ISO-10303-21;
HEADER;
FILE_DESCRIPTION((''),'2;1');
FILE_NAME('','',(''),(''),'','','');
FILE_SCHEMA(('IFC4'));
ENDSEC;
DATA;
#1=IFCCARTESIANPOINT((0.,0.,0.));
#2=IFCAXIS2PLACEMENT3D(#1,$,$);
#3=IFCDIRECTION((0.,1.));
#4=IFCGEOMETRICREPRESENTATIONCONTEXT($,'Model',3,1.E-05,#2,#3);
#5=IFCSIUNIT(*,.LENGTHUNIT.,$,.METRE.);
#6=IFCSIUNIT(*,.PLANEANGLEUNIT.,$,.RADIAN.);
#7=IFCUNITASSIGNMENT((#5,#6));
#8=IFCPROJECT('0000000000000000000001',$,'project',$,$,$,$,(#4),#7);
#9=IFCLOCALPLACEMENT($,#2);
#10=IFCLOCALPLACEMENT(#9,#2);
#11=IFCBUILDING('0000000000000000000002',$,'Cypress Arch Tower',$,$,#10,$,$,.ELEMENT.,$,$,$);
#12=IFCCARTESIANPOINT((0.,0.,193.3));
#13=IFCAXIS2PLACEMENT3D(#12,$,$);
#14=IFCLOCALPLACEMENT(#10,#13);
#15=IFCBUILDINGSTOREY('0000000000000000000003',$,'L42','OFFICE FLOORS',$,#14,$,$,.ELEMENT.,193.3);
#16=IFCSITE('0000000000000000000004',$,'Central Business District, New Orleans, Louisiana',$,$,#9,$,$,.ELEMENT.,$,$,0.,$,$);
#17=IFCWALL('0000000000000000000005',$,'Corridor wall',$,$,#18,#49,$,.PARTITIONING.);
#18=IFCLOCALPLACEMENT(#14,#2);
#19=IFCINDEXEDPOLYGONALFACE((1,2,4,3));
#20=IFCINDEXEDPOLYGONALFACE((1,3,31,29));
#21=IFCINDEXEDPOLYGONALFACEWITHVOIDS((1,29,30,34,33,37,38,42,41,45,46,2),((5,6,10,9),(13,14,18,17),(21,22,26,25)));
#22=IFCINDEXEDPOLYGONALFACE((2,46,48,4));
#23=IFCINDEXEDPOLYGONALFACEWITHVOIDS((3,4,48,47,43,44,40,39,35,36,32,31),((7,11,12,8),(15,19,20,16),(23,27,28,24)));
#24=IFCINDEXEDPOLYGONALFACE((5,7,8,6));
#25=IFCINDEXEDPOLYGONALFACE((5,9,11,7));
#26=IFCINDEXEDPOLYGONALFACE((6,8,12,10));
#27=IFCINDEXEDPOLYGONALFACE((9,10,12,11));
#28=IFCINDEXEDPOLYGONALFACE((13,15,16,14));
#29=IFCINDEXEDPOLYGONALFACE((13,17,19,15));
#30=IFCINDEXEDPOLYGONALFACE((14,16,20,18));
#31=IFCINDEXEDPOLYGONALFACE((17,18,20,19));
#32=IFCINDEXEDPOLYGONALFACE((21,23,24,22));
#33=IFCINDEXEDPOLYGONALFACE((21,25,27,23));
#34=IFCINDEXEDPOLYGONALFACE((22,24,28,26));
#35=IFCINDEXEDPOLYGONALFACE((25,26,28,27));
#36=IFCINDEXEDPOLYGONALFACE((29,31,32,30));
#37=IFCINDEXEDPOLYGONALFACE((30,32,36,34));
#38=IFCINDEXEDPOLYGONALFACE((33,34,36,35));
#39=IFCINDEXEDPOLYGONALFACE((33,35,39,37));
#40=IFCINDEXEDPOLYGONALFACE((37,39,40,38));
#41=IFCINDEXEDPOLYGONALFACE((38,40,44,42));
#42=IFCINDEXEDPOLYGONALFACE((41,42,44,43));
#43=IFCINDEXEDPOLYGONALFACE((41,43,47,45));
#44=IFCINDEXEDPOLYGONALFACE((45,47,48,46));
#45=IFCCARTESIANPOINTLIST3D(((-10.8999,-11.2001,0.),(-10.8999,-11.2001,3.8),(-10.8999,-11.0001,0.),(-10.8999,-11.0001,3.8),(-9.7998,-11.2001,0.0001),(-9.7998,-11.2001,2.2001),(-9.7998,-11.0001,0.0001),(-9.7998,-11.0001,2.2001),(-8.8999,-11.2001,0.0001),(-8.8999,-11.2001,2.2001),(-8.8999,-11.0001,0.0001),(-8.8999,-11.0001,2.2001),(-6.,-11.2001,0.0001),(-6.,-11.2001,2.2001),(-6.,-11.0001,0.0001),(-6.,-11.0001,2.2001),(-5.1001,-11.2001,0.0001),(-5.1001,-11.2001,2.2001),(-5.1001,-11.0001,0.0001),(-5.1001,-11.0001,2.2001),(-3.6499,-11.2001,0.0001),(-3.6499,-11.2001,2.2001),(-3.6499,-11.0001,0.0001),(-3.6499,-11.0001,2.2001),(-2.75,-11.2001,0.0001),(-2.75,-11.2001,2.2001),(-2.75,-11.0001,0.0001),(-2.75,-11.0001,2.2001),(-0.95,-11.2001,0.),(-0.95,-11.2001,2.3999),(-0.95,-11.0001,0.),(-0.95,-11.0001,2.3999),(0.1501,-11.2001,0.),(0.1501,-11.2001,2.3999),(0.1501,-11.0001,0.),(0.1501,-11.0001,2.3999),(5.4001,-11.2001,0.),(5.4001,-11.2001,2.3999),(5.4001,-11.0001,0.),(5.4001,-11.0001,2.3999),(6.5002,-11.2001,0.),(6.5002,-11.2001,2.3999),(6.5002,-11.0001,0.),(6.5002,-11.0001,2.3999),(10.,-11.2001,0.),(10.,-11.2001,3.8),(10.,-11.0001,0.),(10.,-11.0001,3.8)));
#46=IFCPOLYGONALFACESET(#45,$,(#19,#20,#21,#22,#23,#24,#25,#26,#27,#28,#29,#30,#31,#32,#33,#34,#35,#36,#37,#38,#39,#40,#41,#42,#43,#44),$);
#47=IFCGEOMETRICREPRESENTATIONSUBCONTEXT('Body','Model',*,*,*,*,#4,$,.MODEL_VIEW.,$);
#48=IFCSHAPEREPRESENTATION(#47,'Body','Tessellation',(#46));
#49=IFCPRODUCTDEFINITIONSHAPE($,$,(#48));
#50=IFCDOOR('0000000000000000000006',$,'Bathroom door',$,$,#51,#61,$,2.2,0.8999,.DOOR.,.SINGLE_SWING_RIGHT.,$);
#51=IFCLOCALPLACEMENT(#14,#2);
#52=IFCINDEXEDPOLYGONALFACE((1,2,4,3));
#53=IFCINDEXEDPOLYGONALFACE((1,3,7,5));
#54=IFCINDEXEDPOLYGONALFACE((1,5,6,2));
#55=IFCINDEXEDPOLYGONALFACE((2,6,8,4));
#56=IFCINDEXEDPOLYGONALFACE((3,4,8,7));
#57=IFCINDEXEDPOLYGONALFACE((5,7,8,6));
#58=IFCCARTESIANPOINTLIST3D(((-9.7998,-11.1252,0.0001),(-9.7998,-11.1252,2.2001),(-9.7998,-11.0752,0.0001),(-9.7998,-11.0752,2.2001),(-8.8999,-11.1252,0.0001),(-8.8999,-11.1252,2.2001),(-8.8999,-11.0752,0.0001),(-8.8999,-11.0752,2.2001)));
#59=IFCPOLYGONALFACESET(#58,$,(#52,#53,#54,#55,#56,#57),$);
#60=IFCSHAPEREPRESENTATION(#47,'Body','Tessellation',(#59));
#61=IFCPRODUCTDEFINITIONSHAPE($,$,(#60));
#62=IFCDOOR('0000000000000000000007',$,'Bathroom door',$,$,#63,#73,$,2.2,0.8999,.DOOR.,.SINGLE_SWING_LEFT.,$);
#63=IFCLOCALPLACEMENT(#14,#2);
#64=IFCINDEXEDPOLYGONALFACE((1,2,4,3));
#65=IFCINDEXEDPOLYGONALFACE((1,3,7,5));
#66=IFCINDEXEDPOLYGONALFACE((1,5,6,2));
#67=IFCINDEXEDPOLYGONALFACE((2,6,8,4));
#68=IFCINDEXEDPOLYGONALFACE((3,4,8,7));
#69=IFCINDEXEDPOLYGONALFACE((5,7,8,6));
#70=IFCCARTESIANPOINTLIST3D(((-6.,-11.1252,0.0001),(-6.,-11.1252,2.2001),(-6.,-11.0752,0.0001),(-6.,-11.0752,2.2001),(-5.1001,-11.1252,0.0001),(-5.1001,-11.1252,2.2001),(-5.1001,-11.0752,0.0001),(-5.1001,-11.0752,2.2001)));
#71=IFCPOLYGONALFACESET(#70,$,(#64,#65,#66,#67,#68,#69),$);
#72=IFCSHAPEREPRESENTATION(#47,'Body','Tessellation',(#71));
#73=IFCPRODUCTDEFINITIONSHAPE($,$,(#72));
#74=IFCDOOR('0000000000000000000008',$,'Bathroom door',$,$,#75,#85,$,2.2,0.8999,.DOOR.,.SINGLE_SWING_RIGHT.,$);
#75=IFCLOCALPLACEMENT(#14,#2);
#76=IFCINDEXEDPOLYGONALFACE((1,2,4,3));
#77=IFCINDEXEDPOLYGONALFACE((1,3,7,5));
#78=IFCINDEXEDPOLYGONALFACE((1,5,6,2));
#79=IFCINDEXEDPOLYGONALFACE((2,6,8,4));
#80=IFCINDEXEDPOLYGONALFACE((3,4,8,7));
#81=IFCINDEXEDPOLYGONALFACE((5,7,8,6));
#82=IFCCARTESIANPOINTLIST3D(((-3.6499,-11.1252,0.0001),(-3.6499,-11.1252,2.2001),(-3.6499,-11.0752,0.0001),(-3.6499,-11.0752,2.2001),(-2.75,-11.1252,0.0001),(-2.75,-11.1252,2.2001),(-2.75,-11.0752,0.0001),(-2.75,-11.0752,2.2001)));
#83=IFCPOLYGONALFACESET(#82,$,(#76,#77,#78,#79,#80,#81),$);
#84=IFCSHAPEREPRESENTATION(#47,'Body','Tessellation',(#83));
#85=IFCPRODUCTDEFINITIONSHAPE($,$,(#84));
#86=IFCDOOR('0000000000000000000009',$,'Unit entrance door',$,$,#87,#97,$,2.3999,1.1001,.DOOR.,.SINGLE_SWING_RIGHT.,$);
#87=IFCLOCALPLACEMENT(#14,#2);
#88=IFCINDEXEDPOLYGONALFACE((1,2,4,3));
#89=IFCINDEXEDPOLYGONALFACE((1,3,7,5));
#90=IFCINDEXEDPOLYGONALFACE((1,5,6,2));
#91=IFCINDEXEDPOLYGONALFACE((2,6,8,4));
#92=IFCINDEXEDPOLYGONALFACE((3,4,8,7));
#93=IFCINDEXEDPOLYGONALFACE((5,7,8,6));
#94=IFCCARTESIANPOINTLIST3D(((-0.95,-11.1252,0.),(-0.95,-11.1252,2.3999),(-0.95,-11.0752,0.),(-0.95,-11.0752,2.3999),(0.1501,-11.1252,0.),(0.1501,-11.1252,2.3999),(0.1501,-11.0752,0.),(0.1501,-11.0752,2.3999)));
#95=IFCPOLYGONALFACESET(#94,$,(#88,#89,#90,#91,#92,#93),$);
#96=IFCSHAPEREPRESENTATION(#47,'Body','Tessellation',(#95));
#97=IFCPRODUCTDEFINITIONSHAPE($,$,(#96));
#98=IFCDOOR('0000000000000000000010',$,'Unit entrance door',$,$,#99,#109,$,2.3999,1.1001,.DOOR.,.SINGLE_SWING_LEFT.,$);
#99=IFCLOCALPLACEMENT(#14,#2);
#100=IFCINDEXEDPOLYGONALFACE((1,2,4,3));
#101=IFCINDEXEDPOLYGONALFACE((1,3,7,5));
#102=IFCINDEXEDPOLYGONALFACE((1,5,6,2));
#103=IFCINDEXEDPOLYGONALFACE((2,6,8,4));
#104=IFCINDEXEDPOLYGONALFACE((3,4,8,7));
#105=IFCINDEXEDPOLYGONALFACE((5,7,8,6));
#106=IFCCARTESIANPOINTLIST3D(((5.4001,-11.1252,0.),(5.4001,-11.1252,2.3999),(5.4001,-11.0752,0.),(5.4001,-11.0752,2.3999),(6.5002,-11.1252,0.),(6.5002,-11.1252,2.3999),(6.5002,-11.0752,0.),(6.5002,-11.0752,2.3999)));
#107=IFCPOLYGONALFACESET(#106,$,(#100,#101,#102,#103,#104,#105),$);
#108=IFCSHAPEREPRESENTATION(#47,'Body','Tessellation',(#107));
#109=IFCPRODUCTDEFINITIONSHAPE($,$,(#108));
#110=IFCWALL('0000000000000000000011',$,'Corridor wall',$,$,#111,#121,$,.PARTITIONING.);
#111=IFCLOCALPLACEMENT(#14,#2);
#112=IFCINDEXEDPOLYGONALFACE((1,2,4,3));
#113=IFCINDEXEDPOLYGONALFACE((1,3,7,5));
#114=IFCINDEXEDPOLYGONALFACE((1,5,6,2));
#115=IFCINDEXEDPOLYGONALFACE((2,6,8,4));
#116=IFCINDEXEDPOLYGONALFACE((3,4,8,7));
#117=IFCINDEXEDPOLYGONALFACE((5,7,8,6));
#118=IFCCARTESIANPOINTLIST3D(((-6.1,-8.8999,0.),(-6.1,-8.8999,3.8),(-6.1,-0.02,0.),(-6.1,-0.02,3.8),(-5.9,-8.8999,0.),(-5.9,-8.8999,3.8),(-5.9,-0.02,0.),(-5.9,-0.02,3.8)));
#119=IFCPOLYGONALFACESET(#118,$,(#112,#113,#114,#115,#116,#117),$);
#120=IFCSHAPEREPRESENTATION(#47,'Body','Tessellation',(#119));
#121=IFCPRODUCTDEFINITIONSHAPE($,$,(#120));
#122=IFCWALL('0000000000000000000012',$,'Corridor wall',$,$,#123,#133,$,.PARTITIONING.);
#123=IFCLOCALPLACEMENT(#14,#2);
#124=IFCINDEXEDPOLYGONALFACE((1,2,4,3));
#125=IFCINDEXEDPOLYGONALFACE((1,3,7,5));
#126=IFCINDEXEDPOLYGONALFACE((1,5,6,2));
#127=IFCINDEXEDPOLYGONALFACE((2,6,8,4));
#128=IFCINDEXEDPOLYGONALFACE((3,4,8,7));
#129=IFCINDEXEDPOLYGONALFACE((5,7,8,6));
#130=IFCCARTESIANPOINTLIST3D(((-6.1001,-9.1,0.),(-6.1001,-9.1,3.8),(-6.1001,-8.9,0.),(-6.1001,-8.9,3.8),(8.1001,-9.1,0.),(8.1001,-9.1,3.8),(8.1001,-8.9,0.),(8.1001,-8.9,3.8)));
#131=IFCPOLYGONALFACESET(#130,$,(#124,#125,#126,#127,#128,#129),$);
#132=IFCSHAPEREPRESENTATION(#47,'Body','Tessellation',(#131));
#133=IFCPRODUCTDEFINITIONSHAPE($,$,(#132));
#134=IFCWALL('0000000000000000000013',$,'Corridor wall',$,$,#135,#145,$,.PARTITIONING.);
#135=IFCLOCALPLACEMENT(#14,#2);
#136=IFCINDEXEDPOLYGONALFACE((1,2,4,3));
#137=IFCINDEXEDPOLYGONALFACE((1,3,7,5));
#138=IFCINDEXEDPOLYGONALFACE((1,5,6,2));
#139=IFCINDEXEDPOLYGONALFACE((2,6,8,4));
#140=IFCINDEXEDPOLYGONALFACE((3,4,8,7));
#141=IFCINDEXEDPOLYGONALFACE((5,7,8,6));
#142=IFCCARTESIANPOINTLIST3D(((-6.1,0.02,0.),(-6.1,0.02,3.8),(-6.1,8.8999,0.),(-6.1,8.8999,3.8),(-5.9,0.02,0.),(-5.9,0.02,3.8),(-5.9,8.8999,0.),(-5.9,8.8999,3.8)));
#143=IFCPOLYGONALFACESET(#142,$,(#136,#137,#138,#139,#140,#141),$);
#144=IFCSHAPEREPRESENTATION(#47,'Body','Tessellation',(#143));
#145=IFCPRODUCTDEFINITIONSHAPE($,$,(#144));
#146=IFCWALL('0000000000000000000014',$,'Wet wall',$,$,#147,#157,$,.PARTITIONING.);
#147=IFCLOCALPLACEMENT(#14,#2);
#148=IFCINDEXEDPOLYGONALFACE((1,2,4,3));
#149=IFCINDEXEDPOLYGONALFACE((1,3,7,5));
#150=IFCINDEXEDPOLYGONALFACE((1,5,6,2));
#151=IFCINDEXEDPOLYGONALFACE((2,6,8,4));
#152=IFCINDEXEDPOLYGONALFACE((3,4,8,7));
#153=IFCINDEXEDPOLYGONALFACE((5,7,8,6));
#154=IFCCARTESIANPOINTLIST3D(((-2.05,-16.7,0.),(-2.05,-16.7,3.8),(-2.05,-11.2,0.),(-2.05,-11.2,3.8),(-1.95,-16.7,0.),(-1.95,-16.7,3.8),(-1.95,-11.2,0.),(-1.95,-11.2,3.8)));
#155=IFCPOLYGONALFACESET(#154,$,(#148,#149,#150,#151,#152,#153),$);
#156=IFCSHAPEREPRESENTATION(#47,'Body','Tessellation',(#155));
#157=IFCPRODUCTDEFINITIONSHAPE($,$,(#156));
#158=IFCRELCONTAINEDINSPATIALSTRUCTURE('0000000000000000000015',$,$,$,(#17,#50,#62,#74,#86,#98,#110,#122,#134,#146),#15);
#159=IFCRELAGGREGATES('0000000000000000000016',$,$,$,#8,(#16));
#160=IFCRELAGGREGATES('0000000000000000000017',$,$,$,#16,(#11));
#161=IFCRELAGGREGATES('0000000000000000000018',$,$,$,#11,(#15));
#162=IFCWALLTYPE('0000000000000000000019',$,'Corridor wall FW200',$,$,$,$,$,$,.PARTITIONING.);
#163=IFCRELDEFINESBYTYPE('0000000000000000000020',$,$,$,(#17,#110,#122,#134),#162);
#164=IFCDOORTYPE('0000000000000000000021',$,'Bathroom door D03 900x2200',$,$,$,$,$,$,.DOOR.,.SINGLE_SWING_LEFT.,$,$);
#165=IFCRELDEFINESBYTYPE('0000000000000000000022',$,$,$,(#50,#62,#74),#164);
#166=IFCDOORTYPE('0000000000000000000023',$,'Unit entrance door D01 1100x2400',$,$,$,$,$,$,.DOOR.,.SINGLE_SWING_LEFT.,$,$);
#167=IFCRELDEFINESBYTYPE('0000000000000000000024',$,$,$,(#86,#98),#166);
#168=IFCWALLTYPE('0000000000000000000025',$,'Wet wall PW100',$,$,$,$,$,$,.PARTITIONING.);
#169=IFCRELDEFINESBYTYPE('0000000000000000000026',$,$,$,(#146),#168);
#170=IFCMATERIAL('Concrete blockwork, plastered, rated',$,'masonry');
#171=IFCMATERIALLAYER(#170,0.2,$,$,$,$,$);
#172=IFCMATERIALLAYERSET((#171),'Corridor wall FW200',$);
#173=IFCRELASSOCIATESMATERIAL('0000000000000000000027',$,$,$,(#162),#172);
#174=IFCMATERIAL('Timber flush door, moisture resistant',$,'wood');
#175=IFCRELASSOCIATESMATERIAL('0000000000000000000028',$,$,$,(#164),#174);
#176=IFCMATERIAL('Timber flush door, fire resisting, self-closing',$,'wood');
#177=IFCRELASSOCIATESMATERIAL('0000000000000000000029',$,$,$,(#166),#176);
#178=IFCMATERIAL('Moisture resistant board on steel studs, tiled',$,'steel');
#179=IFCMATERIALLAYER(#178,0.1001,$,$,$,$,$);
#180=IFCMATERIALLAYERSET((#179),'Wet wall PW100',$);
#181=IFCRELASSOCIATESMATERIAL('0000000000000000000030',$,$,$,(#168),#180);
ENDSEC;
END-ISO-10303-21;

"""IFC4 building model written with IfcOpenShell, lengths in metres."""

from ifc_helpers import new_model, si_unit, direction, frame, frame_2d, origin, place, context, subcontext, project, spatial, rectangle, extrude, material, layer, layer_set, type_object, element, fill, save


model = new_model("IFC4")

# Units and contexts
model_context = context("Model", 3, precision=1e-05, world=origin(), true_north=direction((0.0, 1.0)))
body_context = subcontext(model_context, "Body", "Model", "MODEL_VIEW")
ifc_project = project(units=[si_unit("LENGTHUNIT", "METRE"), si_unit("PLANEANGLEUNIT", "RADIAN")], contexts=[model_context])

# Site, building, storey
site_placement = place(None, origin())
site = spatial("IfcSite", under=ifc_project, at=site_placement, Name="Central Business District, New Orleans, Louisiana", CompositionType="ELEMENT", RefElevation=0.0)
building_placement = place(site_placement, origin())
building = spatial("IfcBuilding", under=site, at=building_placement, Name="Cypress Arch Tower", CompositionType="ELEMENT")
storey_placement = place(building_placement, frame((0.0, 0.0, 193.3)))
storey = spatial("IfcBuildingStorey", under=building, at=storey_placement, Name="L42", Description="OFFICE FLOORS", CompositionType="ELEMENT", Elevation=193.3)

# Shared definitions
ifc_material_1 = material(Name="Concrete blockwork, plastered, rated", Category="masonry")
ifc_layer_1 = layer(ifc_material_1, 0.2)
ifc_layer_set_1 = layer_set([ifc_layer_1], Name="Corridor wall FW200")
wall_type_1 = type_object("IfcWallType", Name="Corridor wall FW200", PredefinedType="PARTITIONING", material=ifc_layer_set_1)

# Wall, openings, doors
wall_1_placement = place(storey_placement, frame((-10.8999, -11.1001, 0.0), z_axis=(0.0, 0.0, 1.0), x_axis=(1.0, 0.0, 0.0)))
wall_1 = element("IfcWall", 1, at=wall_1_placement, inside=storey, type_object=wall_type_1, Name="Corridor wall", PredefinedType="PARTITIONING", context=body_context, shape_type="SweptSolid", body=[
    extrude(rectangle(XDim=20.8999, YDim=0.2, at=frame_2d((10.45, 0.0))), origin(), (0.0, 0.0, 1.0), 3.8),
])
opening_1_placement = place(wall_1_placement, frame((1.1001, 0.0, 0.0)))
opening_1 = element("IfcOpeningElement", 2, at=opening_1_placement, cuts=wall_1, PredefinedType="OPENING", context=body_context, shape_type="SweptSolid", body=[
    extrude(rectangle(XDim=0.8999, YDim=2.2, at=frame_2d((0.45, 1.1001))), frame((0.0, 0.1099, 0.0), z_axis=(0.0, -1.0, 0.0), x_axis=(1.0, 0.0, 0.0)), (0.0, 0.0, 1.0), 0.22),
])
opening_2_placement = place(wall_1_placement, frame((4.8999, 0.0, 0.0)))
opening_2 = element("IfcOpeningElement", 3, at=opening_2_placement, cuts=wall_1, PredefinedType="OPENING", context=body_context, shape_type="SweptSolid", body=[
    extrude(rectangle(XDim=0.8999, YDim=2.2, at=frame_2d((0.45, 1.1001))), frame((0.0, 0.1099, 0.0), z_axis=(0.0, -1.0, 0.0), x_axis=(1.0, 0.0, 0.0)), (0.0, 0.0, 1.0), 0.22),
])
opening_3_placement = place(wall_1_placement, frame((7.25, 0.0, 0.0)))
opening_3 = element("IfcOpeningElement", 4, at=opening_3_placement, cuts=wall_1, PredefinedType="OPENING", context=body_context, shape_type="SweptSolid", body=[
    extrude(rectangle(XDim=0.8999, YDim=2.2, at=frame_2d((0.45, 1.1001))), frame((0.0, 0.1099, 0.0), z_axis=(0.0, -1.0, 0.0), x_axis=(1.0, 0.0, 0.0)), (0.0, 0.0, 1.0), 0.22),
])
opening_4_placement = place(wall_1_placement, frame((9.95, 0.0, 0.0)))
opening_4 = element("IfcOpeningElement", 5, at=opening_4_placement, cuts=wall_1, PredefinedType="OPENING", context=body_context, shape_type="SweptSolid", body=[
    extrude(rectangle(XDim=1.1001, YDim=2.3999, at=frame_2d((0.55, 1.2))), frame((0.0, 0.1099, 0.0), z_axis=(0.0, -1.0, 0.0), x_axis=(1.0, 0.0, 0.0)), (0.0, 0.0, 1.0), 0.22),
])
opening_5_placement = place(wall_1_placement, frame((16.3, 0.0, 0.0)))
opening_5 = element("IfcOpeningElement", 6, at=opening_5_placement, cuts=wall_1, PredefinedType="OPENING", context=body_context, shape_type="SweptSolid", body=[
    extrude(rectangle(XDim=1.1001, YDim=2.3999, at=frame_2d((0.55, 1.2))), frame((0.0, 0.1099, 0.0), z_axis=(0.0, -1.0, 0.0), x_axis=(1.0, 0.0, 0.0)), (0.0, 0.0, 1.0), 0.22),
])
ifc_material_2 = material(Name="Timber flush door, moisture resistant", Category="wood")
door_type_1 = type_object("IfcDoorType", Name="Bathroom door D03 900x2200", OperationType="SINGLE_SWING_LEFT", PredefinedType="DOOR", material=ifc_material_2)
door_1_placement = place(opening_1_placement, origin())
door_1 = element("IfcDoor", 7, at=door_1_placement, inside=storey, type_object=door_type_1, Name="Bathroom door", OperationType="SINGLE_SWING_RIGHT", OverallHeight=2.2, OverallWidth=0.8999, PredefinedType="DOOR", context=body_context, shape_type="SweptSolid", body=[
    extrude(rectangle(XDim=0.8999, YDim=2.2, at=frame_2d((0.45, 1.1001))), frame((0.0, 0.0249, 0.0), z_axis=(0.0, -1.0, 0.0), x_axis=(1.0, 0.0, 0.0)), (0.0, 0.0, 1.0), 0.05),
])
fill(opening_1, door_1)
door_2_placement = place(opening_2_placement, origin())
door_2 = element("IfcDoor", 8, at=door_2_placement, inside=storey, type_object=door_type_1, Name="Bathroom door", OperationType="SINGLE_SWING_LEFT", OverallHeight=2.2, OverallWidth=0.8999, PredefinedType="DOOR", context=body_context, shape_type="SweptSolid", body=[
    extrude(rectangle(XDim=0.8999, YDim=2.2, at=frame_2d((0.45, 1.1001))), frame((0.0, 0.0249, 0.0), z_axis=(0.0, -1.0, 0.0), x_axis=(1.0, 0.0, 0.0)), (0.0, 0.0, 1.0), 0.05),
])
fill(opening_2, door_2)
door_3_placement = place(opening_3_placement, origin())
door_3 = element("IfcDoor", 9, at=door_3_placement, inside=storey, type_object=door_type_1, Name="Bathroom door", OperationType="SINGLE_SWING_RIGHT", OverallHeight=2.2, OverallWidth=0.8999, PredefinedType="DOOR", context=body_context, shape_type="SweptSolid", body=[
    extrude(rectangle(XDim=0.8999, YDim=2.2, at=frame_2d((0.45, 1.1001))), frame((0.0, 0.0249, 0.0), z_axis=(0.0, -1.0, 0.0), x_axis=(1.0, 0.0, 0.0)), (0.0, 0.0, 1.0), 0.05),
])
fill(opening_3, door_3)
ifc_material_3 = material(Name="Timber flush door, fire resisting, self-closing", Category="wood")
door_type_2 = type_object("IfcDoorType", Name="Unit entrance door D01 1100x2400", OperationType="SINGLE_SWING_LEFT", PredefinedType="DOOR", material=ifc_material_3)
door_4_placement = place(opening_4_placement, origin())
door_4 = element("IfcDoor", 10, at=door_4_placement, inside=storey, type_object=door_type_2, Name="Unit entrance door", OperationType="SINGLE_SWING_RIGHT", OverallHeight=2.3999, OverallWidth=1.1001, PredefinedType="DOOR", context=body_context, shape_type="SweptSolid", body=[
    extrude(rectangle(XDim=1.1001, YDim=2.3999, at=frame_2d((0.55, 1.2))), frame((0.0, 0.0249, 0.0), z_axis=(0.0, -1.0, 0.0), x_axis=(1.0, 0.0, 0.0)), (0.0, 0.0, 1.0), 0.05),
])
fill(opening_4, door_4)
door_5_placement = place(opening_5_placement, origin())
door_5 = element("IfcDoor", 11, at=door_5_placement, inside=storey, type_object=door_type_2, Name="Unit entrance door", OperationType="SINGLE_SWING_LEFT", OverallHeight=2.3999, OverallWidth=1.1001, PredefinedType="DOOR", context=body_context, shape_type="SweptSolid", body=[
    extrude(rectangle(XDim=1.1001, YDim=2.3999, at=frame_2d((0.55, 1.2))), frame((0.0, 0.0249, 0.0), z_axis=(0.0, -1.0, 0.0), x_axis=(1.0, 0.0, 0.0)), (0.0, 0.0, 1.0), 0.05),
])
fill(opening_5, door_5)

# Walls
wall_2_placement = place(storey_placement, frame((-6.0, -8.8999, 0.0), z_axis=(0.0, 0.0, 1.0), x_axis=(0.0, 1.0, 0.0)))
element("IfcWall", 12, at=wall_2_placement, inside=storey, type_object=wall_type_1, Name="Corridor wall", PredefinedType="PARTITIONING", context=body_context, shape_type="SweptSolid", body=[
    extrude(rectangle(XDim=8.8799, YDim=0.2, at=frame_2d((4.4399, 0.0))), origin(), (0.0, 0.0, 1.0), 3.8),
])
wall_3_placement = place(storey_placement, frame((-6.1001, -9.0, 0.0), z_axis=(0.0, 0.0, 1.0), x_axis=(1.0, 0.0, 0.0)))
element("IfcWall", 13, at=wall_3_placement, inside=storey, type_object=wall_type_1, Name="Corridor wall", PredefinedType="PARTITIONING", context=body_context, shape_type="SweptSolid", body=[
    extrude(rectangle(XDim=14.2002, YDim=0.2, at=frame_2d((7.1001, 0.0))), origin(), (0.0, 0.0, 1.0), 3.8),
])
wall_4_placement = place(storey_placement, frame((-6.0, 0.02, 0.0), z_axis=(0.0, 0.0, 1.0), x_axis=(0.0, 1.0, 0.0)))
element("IfcWall", 14, at=wall_4_placement, inside=storey, type_object=wall_type_1, Name="Corridor wall", PredefinedType="PARTITIONING", context=body_context, shape_type="SweptSolid", body=[
    extrude(rectangle(XDim=8.8799, YDim=0.2, at=frame_2d((4.4399, 0.0))), origin(), (0.0, 0.0, 1.0), 3.8),
])
ifc_material_4 = material(Name="Moisture resistant board on steel studs, tiled", Category="steel")
ifc_layer_2 = layer(ifc_material_4, 0.1001)
ifc_layer_set_2 = layer_set([ifc_layer_2], Name="Wet wall PW100")
wall_type_2 = type_object("IfcWallType", Name="Wet wall PW100", PredefinedType="PARTITIONING", material=ifc_layer_set_2)
wall_5_placement = place(storey_placement, frame((-2.0, -16.7, 0.0), z_axis=(0.0, 0.0, 1.0), x_axis=(0.0, 1.0, 0.0)))
element("IfcWall", 15, at=wall_5_placement, inside=storey, type_object=wall_type_2, Name="Wet wall", PredefinedType="PARTITIONING", context=body_context, shape_type="SweptSolid", body=[
    extrude(rectangle(XDim=5.5, YDim=0.1001, at=frame_2d((2.75, 0.0))), origin(), (0.0, 0.0, 1.0), 3.8),
])

save(model, "model.ifc")
